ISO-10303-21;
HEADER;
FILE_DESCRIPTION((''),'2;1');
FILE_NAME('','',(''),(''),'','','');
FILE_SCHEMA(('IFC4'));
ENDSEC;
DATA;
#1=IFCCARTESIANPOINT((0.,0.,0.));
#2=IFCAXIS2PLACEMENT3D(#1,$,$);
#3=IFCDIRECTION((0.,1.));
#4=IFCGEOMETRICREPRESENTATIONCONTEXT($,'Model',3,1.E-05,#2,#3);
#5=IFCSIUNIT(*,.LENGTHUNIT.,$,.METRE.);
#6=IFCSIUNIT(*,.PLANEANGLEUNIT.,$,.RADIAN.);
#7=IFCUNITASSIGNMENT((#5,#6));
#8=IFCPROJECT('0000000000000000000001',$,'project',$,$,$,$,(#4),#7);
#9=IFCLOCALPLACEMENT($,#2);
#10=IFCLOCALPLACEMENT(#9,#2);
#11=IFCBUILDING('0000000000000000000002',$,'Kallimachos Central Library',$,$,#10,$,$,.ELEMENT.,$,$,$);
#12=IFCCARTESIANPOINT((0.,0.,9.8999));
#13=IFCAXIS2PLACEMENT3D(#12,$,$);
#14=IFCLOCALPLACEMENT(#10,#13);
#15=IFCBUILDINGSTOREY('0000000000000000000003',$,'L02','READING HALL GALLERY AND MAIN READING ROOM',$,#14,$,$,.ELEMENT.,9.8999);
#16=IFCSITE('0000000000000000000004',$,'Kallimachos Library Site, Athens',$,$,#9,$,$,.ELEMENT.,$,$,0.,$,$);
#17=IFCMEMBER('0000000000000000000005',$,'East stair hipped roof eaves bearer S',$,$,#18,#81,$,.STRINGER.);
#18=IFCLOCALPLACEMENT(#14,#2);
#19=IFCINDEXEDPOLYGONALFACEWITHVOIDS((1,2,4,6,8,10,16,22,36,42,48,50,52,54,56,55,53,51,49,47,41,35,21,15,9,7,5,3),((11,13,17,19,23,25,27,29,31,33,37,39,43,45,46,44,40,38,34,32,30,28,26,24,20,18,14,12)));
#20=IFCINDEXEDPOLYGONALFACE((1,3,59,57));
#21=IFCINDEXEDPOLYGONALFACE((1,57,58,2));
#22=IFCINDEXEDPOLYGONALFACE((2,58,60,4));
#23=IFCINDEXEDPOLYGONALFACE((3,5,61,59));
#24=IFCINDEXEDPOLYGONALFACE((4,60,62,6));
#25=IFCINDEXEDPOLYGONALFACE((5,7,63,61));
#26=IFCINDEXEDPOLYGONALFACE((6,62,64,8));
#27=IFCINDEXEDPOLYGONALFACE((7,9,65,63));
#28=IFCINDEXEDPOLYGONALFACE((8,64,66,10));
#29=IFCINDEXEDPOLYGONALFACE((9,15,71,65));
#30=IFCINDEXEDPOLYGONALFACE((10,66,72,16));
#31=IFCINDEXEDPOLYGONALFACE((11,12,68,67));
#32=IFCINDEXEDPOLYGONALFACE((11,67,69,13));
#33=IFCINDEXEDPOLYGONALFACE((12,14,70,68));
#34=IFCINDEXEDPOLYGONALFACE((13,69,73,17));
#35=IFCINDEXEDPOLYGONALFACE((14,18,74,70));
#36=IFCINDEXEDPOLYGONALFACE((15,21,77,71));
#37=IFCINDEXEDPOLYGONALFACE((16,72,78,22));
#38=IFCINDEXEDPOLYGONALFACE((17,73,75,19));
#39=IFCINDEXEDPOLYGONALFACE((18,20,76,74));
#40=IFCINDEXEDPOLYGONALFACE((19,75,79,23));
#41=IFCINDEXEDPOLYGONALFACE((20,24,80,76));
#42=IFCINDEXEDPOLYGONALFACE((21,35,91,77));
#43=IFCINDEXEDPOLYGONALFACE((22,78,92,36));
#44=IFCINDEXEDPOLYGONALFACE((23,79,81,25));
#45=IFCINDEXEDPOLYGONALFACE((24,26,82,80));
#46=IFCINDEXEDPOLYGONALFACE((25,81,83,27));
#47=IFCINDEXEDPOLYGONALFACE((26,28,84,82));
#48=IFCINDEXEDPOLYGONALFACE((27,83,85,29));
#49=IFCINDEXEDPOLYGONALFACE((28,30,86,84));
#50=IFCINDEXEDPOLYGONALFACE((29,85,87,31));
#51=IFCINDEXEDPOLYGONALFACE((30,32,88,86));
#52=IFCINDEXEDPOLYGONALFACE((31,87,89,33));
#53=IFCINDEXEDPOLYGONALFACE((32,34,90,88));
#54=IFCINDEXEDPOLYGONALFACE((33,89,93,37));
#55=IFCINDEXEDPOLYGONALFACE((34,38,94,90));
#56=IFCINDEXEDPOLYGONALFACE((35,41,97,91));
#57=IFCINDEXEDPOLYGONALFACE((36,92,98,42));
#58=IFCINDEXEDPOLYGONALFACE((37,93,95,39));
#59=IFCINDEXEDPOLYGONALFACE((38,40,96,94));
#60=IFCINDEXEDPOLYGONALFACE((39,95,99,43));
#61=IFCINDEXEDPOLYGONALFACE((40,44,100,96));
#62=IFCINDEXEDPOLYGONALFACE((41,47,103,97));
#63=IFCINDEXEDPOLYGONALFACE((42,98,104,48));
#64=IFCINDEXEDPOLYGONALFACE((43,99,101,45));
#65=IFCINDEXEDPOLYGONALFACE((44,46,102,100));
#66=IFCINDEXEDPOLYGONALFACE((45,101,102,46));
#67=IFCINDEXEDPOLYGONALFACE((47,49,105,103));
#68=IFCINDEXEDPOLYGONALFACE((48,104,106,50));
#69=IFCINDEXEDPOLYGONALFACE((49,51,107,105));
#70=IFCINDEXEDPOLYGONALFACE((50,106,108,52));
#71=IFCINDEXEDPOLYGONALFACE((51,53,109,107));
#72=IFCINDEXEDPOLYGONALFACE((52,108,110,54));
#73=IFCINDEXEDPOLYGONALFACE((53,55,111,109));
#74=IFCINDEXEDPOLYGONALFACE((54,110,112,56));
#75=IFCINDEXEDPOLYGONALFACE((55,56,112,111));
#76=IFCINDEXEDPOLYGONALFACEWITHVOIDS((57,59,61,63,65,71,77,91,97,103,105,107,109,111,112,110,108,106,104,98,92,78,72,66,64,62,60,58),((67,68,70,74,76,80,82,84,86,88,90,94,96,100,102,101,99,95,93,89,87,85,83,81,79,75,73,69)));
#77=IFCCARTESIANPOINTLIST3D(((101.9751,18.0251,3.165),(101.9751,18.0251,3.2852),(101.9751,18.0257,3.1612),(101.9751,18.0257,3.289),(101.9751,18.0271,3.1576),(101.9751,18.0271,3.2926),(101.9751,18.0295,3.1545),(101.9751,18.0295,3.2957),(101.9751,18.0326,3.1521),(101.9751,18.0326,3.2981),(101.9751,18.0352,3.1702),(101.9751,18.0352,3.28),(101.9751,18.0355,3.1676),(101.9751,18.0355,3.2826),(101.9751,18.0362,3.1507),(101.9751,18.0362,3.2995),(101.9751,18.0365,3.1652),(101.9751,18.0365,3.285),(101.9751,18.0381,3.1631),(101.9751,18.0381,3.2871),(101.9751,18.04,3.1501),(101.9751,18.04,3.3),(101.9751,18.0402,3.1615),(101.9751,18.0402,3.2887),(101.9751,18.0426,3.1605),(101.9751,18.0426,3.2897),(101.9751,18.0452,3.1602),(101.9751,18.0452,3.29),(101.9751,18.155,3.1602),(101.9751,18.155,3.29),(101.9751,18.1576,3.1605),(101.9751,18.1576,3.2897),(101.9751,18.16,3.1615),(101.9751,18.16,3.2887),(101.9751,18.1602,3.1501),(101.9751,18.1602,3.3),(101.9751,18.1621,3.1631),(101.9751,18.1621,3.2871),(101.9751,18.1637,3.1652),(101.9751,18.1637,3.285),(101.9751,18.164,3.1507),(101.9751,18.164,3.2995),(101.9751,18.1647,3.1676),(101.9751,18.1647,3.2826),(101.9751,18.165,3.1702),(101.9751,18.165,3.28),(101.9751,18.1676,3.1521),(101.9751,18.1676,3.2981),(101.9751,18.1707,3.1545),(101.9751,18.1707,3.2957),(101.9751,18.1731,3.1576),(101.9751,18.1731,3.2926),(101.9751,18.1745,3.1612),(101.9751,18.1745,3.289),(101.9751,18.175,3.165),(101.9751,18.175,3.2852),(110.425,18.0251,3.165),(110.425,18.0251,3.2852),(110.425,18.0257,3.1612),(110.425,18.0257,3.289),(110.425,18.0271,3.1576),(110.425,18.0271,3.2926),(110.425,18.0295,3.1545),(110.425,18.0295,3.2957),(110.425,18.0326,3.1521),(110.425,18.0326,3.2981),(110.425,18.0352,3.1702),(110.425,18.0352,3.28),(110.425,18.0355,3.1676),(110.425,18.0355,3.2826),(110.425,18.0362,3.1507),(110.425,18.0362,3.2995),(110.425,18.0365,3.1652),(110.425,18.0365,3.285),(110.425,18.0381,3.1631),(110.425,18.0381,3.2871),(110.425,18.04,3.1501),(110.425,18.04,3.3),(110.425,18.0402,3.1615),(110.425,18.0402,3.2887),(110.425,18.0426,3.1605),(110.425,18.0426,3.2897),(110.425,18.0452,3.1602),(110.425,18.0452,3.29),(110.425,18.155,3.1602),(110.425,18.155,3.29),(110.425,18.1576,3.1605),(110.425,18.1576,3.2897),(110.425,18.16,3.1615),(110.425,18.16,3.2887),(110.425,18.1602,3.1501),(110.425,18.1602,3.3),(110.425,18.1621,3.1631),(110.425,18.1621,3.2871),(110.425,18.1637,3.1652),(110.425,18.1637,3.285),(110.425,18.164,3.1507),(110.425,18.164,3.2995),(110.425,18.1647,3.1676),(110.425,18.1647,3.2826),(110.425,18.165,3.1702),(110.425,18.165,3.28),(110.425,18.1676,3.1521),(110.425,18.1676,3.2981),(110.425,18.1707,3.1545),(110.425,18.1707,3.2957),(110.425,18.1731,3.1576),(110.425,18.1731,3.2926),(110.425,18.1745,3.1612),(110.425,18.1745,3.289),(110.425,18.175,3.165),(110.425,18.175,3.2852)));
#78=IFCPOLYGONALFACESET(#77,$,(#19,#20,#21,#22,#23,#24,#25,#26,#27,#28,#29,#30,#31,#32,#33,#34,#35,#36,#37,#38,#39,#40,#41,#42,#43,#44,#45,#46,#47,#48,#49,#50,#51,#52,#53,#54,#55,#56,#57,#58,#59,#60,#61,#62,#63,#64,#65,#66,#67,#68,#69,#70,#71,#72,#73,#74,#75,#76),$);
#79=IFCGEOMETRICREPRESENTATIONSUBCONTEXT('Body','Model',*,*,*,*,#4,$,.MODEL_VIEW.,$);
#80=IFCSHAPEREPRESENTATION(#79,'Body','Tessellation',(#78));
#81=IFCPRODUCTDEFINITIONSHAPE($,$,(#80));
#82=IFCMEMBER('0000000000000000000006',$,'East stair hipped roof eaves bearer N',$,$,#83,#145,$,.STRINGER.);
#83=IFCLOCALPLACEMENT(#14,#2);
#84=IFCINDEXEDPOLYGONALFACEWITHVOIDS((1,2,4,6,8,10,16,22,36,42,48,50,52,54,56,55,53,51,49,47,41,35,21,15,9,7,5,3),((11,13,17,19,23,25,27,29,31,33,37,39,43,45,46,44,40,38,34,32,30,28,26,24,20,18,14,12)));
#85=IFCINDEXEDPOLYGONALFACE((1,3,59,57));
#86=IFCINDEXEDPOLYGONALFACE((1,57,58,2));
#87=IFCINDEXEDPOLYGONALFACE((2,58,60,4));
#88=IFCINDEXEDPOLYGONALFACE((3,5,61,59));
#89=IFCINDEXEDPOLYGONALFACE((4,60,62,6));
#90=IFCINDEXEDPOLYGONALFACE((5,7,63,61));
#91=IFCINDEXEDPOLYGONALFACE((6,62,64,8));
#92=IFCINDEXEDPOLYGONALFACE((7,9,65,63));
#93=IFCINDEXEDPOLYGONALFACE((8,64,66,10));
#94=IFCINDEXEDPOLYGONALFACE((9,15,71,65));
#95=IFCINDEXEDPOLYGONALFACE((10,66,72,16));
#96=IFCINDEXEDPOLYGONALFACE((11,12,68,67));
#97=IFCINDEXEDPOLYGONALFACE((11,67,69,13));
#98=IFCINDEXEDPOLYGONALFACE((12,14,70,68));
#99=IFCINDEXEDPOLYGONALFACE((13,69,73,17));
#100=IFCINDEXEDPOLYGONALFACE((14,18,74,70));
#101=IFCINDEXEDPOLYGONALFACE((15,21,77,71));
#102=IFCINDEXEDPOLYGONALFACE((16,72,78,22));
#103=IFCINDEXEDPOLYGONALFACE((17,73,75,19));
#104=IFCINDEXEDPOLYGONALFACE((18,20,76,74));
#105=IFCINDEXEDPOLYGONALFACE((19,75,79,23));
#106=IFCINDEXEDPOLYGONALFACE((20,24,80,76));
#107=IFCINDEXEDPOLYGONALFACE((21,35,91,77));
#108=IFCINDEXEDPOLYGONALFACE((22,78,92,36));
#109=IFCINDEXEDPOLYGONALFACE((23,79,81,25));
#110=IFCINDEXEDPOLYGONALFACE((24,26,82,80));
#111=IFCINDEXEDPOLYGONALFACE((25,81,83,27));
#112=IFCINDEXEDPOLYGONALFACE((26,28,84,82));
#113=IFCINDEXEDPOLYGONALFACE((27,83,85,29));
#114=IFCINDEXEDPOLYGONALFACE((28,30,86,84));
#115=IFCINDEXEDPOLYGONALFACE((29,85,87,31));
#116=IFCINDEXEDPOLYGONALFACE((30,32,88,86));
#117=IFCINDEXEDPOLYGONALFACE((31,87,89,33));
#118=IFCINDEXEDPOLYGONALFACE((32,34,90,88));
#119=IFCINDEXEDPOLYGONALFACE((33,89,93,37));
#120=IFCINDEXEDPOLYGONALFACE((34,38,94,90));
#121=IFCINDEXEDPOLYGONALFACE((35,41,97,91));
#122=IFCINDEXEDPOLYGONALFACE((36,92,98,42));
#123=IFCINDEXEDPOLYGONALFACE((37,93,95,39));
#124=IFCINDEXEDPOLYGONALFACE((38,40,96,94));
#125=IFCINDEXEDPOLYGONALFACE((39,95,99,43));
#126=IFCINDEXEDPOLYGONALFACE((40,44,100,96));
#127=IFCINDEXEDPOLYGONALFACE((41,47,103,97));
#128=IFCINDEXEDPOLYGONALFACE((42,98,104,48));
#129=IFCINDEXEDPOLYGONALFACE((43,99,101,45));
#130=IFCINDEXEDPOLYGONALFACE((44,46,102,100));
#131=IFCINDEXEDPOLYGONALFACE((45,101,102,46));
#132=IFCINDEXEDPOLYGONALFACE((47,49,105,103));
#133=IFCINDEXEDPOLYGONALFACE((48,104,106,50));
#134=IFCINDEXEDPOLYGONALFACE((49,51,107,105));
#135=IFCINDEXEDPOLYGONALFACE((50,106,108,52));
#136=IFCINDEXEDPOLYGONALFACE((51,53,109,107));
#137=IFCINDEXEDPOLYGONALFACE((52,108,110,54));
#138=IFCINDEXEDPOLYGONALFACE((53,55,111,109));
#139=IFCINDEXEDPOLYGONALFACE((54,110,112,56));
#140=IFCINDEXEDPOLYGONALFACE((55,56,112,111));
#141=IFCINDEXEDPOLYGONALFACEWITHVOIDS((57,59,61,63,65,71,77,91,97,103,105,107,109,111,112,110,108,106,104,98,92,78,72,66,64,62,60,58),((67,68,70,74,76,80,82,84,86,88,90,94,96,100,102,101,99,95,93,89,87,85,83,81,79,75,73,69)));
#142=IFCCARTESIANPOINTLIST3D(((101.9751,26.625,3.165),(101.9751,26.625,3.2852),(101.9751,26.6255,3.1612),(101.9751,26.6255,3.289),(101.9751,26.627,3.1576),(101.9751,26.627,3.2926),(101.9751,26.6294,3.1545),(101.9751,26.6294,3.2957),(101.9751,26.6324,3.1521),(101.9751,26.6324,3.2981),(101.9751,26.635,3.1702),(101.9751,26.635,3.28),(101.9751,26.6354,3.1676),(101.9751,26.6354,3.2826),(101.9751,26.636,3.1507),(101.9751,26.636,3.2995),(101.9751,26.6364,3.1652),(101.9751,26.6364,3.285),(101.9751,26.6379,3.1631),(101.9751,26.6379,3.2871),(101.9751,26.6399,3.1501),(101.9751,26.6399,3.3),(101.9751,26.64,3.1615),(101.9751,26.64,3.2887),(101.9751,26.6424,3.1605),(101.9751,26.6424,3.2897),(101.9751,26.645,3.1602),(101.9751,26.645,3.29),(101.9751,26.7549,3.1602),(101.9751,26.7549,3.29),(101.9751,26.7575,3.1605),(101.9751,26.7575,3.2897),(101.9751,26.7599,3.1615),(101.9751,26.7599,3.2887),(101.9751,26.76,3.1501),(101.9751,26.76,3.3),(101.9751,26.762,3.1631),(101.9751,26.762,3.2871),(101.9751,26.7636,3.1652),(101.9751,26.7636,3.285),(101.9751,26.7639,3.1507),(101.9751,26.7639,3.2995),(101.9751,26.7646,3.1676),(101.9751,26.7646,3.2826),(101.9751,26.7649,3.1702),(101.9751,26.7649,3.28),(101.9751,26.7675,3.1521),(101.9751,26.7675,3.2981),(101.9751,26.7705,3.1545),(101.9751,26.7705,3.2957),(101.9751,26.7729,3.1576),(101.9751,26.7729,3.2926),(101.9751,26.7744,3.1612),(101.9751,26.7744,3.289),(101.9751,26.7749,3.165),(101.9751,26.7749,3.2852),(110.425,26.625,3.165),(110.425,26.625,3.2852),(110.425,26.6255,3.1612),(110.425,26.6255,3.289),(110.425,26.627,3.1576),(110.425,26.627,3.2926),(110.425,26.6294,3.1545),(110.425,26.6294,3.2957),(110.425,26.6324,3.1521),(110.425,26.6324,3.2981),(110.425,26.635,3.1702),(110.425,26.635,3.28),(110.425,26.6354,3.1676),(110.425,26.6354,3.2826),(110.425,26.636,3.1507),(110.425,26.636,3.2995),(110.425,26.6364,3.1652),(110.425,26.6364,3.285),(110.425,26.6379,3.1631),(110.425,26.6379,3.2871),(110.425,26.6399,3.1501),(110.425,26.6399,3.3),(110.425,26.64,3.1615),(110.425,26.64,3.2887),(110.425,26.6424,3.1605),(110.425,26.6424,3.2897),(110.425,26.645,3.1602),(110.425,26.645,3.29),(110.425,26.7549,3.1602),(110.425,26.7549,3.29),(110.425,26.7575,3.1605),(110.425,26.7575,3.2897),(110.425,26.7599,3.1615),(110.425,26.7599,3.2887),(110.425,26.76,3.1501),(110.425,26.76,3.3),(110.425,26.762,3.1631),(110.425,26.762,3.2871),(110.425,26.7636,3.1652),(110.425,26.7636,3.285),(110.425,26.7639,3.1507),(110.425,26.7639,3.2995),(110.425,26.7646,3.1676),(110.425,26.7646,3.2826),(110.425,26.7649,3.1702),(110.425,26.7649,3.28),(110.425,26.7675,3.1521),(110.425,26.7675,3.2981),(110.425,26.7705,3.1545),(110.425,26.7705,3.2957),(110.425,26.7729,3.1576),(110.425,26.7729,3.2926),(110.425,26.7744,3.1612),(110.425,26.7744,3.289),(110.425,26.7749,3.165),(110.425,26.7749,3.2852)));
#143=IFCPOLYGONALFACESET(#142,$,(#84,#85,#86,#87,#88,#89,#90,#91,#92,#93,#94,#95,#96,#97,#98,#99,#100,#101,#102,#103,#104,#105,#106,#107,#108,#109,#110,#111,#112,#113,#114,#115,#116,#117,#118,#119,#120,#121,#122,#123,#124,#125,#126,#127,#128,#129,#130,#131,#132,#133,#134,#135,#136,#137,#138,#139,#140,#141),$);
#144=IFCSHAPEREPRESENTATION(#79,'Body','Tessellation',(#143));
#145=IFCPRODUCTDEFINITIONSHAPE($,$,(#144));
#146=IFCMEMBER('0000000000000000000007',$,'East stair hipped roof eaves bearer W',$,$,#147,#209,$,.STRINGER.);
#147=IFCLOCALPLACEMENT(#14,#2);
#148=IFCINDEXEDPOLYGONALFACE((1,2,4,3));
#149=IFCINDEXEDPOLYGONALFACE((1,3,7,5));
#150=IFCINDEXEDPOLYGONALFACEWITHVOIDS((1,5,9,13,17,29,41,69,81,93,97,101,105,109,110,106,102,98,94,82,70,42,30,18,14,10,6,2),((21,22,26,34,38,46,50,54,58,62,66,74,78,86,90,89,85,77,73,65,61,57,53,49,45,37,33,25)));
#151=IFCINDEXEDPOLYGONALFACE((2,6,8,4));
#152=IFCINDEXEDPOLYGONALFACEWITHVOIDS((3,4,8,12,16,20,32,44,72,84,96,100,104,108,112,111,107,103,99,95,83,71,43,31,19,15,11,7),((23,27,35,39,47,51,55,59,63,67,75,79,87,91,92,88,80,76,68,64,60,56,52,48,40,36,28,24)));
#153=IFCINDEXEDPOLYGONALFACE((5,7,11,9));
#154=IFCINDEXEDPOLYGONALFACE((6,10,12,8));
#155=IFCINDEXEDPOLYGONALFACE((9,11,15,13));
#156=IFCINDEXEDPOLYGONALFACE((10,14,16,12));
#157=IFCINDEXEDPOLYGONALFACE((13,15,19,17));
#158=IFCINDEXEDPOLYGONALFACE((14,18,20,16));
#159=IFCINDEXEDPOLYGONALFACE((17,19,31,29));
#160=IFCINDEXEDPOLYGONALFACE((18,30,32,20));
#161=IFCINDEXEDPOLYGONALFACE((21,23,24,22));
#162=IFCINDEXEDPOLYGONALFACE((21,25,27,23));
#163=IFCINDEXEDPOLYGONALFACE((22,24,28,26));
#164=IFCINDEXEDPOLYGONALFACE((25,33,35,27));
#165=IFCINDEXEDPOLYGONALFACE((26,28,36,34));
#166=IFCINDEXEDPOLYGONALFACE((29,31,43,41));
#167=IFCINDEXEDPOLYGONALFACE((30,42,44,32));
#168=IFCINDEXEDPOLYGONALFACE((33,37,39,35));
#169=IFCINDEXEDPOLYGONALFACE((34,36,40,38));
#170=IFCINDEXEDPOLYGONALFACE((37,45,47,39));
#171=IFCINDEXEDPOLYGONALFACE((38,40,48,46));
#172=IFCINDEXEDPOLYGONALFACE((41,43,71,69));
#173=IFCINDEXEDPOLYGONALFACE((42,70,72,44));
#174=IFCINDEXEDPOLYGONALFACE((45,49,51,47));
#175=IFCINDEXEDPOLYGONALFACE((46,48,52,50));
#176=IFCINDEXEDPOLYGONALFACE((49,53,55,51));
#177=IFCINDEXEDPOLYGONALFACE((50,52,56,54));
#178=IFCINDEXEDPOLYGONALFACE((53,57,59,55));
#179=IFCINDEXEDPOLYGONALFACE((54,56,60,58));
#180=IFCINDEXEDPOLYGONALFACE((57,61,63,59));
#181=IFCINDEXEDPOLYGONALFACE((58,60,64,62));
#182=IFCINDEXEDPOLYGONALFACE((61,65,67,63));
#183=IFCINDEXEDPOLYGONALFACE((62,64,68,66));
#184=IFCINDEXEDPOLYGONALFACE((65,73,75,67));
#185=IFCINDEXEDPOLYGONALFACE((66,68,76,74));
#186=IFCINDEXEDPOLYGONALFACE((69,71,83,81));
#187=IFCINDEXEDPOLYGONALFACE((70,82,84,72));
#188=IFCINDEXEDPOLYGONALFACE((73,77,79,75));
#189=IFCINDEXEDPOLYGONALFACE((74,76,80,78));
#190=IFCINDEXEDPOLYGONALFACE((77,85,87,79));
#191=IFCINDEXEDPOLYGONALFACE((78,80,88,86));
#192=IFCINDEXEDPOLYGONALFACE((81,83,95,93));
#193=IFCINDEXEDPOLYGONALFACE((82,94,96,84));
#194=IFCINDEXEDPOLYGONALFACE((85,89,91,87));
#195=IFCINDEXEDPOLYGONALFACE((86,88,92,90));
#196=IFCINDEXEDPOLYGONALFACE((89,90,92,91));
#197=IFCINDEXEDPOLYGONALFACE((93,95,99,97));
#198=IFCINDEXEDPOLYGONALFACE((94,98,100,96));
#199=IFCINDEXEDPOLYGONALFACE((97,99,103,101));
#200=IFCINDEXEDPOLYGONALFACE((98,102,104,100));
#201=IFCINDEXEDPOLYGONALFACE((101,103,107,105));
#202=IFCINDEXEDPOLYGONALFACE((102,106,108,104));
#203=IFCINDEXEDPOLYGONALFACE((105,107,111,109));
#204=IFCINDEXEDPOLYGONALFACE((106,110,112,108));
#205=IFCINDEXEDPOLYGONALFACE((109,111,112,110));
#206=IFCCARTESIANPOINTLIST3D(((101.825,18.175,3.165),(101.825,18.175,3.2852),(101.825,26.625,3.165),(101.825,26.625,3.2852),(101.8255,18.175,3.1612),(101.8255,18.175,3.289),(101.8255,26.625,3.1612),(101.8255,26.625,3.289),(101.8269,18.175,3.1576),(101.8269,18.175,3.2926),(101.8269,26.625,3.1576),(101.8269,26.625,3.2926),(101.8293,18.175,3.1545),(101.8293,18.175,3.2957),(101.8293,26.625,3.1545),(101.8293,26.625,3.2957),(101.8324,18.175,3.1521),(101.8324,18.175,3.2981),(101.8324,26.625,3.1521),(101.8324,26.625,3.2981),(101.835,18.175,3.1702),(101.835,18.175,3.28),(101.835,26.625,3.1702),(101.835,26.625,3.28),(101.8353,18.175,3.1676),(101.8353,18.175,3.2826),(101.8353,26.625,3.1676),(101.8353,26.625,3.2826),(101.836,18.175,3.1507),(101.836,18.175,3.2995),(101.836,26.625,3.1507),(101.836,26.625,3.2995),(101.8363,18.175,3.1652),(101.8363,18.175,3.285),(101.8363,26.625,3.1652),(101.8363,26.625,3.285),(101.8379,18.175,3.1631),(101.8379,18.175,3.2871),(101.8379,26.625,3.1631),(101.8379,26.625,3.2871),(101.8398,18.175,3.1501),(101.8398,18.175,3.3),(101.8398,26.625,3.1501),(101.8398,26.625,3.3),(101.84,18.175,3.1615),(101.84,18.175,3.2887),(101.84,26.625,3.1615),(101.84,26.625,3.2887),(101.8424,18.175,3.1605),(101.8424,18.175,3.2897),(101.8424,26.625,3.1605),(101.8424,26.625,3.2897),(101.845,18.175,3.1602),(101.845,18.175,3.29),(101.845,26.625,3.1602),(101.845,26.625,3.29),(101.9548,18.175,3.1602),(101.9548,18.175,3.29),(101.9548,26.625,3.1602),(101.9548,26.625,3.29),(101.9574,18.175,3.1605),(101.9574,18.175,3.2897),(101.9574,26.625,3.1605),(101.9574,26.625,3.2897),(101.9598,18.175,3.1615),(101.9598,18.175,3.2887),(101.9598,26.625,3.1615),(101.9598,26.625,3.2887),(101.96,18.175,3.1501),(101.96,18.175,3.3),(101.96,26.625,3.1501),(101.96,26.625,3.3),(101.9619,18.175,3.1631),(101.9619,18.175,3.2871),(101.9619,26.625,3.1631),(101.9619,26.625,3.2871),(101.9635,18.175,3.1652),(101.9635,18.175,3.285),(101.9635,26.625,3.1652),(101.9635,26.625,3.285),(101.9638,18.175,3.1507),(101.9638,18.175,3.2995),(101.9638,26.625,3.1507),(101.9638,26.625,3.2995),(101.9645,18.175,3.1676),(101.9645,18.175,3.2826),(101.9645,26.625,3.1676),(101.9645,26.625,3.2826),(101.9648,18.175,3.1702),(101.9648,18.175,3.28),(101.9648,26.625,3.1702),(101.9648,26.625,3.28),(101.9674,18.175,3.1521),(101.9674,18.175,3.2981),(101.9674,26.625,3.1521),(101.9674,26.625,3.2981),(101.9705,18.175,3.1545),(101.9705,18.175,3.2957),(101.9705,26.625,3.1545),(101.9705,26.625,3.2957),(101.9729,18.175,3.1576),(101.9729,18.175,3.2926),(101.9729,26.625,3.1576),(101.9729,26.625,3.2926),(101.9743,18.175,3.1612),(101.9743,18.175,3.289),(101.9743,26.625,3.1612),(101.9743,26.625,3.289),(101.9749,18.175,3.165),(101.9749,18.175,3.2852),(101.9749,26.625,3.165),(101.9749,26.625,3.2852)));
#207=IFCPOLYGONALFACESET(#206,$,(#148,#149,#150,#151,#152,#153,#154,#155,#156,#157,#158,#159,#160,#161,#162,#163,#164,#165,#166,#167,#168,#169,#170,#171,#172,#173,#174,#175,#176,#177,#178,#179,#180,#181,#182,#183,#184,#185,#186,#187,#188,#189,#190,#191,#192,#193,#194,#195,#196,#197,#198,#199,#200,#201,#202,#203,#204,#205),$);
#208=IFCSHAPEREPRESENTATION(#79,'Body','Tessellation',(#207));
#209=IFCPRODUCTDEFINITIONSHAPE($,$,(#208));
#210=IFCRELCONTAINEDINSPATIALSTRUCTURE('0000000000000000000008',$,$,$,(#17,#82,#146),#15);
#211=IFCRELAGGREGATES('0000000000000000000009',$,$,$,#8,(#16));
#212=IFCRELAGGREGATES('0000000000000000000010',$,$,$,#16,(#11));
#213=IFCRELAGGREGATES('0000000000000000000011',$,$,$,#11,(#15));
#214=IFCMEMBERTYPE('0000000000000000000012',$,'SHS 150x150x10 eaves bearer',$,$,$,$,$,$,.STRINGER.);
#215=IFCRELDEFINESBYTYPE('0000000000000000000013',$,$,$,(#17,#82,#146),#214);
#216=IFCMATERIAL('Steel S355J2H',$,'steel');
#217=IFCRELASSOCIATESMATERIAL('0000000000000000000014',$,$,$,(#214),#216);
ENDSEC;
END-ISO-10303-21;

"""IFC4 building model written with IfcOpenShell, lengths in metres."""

from ifc_helpers import new_model, si_unit, direction, frame, origin, origin_2d, place, context, subcontext, project, spatial, hollow_rectangle, extrude, material, material_profile, profile_set, type_object, element, save


model = new_model("IFC4")

# Units and contexts
model_context = context("Model", 3, precision=1e-05, world=origin(), true_north=direction((0.0, 1.0)))
body_context = subcontext(model_context, "Body", "Model", "MODEL_VIEW")
ifc_project = project(units=[si_unit("LENGTHUNIT", "METRE"), si_unit("PLANEANGLEUNIT", "RADIAN")], contexts=[model_context])

# Site, building, storey
site_placement = place(None, origin())
site = spatial("IfcSite", under=ifc_project, at=site_placement, Name="Kallimachos Library Site, Athens", CompositionType="ELEMENT", RefElevation=0.0)
building_placement = place(site_placement, origin())
building = spatial("IfcBuilding", under=site, at=building_placement, Name="Kallimachos Central Library", CompositionType="ELEMENT")
storey_placement = place(building_placement, frame((0.0, 0.0, 9.8999)))
storey = spatial("IfcBuildingStorey", under=building, at=storey_placement, Name="L02", Description="READING HALL GALLERY AND MAIN READING ROOM", CompositionType="ELEMENT", Elevation=9.8999)

# Members
ifc_material_1 = material(Name="Steel S355J2H", Category="steel")
ifc_material_profile_1 = material_profile(ifc_material_1, hollow_rectangle(XDim=0.1499, YDim=0.1499, WallThickness=0.01, InnerFilletRadius=0.01, OuterFilletRadius=0.0149, at=origin_2d()), Name="SHS 150x150x10")
ifc_profile_set_1 = profile_set([ifc_material_profile_1], Name="Steel S355J2H")
member_type_1 = type_object("IfcMemberType", Name="SHS 150x150x10 eaves bearer", PredefinedType="STRINGER", material=ifc_profile_set_1)
for number, where, z_axis, x_axis, name in (
    (1, (101.9751, 18.1001, 3.2251), (1.0, 0.0, 0.0), (0.0, 1.0, 0.0), "East stair hipped roof eaves bearer S"),
    (2, (101.9751, 26.7, 3.2251), (1.0, 0.0, 0.0), (0.0, 1.0, 0.0), "East stair hipped roof eaves bearer N"),
    (3, (101.8999, 18.175, 3.2251), (0.0, 1.0, 0.0), (-1.0, 0.0, 0.0), "East stair hipped roof eaves bearer W"),
):
    element("IfcMember", number, at=place(storey_placement, frame(where, z_axis=z_axis, x_axis=x_axis)), inside=storey, type_object=member_type_1, Name=name, PredefinedType="STRINGER", context=body_context, shape_type="SweptSolid", body=[
        extrude(hollow_rectangle(XDim=0.1499, YDim=0.1499, WallThickness=0.01, InnerFilletRadius=0.01, OuterFilletRadius=0.0149, at=origin_2d()), origin(), (0.0, 0.0, 1.0), 8.45),
    ])

save(model, "model.ifc")
